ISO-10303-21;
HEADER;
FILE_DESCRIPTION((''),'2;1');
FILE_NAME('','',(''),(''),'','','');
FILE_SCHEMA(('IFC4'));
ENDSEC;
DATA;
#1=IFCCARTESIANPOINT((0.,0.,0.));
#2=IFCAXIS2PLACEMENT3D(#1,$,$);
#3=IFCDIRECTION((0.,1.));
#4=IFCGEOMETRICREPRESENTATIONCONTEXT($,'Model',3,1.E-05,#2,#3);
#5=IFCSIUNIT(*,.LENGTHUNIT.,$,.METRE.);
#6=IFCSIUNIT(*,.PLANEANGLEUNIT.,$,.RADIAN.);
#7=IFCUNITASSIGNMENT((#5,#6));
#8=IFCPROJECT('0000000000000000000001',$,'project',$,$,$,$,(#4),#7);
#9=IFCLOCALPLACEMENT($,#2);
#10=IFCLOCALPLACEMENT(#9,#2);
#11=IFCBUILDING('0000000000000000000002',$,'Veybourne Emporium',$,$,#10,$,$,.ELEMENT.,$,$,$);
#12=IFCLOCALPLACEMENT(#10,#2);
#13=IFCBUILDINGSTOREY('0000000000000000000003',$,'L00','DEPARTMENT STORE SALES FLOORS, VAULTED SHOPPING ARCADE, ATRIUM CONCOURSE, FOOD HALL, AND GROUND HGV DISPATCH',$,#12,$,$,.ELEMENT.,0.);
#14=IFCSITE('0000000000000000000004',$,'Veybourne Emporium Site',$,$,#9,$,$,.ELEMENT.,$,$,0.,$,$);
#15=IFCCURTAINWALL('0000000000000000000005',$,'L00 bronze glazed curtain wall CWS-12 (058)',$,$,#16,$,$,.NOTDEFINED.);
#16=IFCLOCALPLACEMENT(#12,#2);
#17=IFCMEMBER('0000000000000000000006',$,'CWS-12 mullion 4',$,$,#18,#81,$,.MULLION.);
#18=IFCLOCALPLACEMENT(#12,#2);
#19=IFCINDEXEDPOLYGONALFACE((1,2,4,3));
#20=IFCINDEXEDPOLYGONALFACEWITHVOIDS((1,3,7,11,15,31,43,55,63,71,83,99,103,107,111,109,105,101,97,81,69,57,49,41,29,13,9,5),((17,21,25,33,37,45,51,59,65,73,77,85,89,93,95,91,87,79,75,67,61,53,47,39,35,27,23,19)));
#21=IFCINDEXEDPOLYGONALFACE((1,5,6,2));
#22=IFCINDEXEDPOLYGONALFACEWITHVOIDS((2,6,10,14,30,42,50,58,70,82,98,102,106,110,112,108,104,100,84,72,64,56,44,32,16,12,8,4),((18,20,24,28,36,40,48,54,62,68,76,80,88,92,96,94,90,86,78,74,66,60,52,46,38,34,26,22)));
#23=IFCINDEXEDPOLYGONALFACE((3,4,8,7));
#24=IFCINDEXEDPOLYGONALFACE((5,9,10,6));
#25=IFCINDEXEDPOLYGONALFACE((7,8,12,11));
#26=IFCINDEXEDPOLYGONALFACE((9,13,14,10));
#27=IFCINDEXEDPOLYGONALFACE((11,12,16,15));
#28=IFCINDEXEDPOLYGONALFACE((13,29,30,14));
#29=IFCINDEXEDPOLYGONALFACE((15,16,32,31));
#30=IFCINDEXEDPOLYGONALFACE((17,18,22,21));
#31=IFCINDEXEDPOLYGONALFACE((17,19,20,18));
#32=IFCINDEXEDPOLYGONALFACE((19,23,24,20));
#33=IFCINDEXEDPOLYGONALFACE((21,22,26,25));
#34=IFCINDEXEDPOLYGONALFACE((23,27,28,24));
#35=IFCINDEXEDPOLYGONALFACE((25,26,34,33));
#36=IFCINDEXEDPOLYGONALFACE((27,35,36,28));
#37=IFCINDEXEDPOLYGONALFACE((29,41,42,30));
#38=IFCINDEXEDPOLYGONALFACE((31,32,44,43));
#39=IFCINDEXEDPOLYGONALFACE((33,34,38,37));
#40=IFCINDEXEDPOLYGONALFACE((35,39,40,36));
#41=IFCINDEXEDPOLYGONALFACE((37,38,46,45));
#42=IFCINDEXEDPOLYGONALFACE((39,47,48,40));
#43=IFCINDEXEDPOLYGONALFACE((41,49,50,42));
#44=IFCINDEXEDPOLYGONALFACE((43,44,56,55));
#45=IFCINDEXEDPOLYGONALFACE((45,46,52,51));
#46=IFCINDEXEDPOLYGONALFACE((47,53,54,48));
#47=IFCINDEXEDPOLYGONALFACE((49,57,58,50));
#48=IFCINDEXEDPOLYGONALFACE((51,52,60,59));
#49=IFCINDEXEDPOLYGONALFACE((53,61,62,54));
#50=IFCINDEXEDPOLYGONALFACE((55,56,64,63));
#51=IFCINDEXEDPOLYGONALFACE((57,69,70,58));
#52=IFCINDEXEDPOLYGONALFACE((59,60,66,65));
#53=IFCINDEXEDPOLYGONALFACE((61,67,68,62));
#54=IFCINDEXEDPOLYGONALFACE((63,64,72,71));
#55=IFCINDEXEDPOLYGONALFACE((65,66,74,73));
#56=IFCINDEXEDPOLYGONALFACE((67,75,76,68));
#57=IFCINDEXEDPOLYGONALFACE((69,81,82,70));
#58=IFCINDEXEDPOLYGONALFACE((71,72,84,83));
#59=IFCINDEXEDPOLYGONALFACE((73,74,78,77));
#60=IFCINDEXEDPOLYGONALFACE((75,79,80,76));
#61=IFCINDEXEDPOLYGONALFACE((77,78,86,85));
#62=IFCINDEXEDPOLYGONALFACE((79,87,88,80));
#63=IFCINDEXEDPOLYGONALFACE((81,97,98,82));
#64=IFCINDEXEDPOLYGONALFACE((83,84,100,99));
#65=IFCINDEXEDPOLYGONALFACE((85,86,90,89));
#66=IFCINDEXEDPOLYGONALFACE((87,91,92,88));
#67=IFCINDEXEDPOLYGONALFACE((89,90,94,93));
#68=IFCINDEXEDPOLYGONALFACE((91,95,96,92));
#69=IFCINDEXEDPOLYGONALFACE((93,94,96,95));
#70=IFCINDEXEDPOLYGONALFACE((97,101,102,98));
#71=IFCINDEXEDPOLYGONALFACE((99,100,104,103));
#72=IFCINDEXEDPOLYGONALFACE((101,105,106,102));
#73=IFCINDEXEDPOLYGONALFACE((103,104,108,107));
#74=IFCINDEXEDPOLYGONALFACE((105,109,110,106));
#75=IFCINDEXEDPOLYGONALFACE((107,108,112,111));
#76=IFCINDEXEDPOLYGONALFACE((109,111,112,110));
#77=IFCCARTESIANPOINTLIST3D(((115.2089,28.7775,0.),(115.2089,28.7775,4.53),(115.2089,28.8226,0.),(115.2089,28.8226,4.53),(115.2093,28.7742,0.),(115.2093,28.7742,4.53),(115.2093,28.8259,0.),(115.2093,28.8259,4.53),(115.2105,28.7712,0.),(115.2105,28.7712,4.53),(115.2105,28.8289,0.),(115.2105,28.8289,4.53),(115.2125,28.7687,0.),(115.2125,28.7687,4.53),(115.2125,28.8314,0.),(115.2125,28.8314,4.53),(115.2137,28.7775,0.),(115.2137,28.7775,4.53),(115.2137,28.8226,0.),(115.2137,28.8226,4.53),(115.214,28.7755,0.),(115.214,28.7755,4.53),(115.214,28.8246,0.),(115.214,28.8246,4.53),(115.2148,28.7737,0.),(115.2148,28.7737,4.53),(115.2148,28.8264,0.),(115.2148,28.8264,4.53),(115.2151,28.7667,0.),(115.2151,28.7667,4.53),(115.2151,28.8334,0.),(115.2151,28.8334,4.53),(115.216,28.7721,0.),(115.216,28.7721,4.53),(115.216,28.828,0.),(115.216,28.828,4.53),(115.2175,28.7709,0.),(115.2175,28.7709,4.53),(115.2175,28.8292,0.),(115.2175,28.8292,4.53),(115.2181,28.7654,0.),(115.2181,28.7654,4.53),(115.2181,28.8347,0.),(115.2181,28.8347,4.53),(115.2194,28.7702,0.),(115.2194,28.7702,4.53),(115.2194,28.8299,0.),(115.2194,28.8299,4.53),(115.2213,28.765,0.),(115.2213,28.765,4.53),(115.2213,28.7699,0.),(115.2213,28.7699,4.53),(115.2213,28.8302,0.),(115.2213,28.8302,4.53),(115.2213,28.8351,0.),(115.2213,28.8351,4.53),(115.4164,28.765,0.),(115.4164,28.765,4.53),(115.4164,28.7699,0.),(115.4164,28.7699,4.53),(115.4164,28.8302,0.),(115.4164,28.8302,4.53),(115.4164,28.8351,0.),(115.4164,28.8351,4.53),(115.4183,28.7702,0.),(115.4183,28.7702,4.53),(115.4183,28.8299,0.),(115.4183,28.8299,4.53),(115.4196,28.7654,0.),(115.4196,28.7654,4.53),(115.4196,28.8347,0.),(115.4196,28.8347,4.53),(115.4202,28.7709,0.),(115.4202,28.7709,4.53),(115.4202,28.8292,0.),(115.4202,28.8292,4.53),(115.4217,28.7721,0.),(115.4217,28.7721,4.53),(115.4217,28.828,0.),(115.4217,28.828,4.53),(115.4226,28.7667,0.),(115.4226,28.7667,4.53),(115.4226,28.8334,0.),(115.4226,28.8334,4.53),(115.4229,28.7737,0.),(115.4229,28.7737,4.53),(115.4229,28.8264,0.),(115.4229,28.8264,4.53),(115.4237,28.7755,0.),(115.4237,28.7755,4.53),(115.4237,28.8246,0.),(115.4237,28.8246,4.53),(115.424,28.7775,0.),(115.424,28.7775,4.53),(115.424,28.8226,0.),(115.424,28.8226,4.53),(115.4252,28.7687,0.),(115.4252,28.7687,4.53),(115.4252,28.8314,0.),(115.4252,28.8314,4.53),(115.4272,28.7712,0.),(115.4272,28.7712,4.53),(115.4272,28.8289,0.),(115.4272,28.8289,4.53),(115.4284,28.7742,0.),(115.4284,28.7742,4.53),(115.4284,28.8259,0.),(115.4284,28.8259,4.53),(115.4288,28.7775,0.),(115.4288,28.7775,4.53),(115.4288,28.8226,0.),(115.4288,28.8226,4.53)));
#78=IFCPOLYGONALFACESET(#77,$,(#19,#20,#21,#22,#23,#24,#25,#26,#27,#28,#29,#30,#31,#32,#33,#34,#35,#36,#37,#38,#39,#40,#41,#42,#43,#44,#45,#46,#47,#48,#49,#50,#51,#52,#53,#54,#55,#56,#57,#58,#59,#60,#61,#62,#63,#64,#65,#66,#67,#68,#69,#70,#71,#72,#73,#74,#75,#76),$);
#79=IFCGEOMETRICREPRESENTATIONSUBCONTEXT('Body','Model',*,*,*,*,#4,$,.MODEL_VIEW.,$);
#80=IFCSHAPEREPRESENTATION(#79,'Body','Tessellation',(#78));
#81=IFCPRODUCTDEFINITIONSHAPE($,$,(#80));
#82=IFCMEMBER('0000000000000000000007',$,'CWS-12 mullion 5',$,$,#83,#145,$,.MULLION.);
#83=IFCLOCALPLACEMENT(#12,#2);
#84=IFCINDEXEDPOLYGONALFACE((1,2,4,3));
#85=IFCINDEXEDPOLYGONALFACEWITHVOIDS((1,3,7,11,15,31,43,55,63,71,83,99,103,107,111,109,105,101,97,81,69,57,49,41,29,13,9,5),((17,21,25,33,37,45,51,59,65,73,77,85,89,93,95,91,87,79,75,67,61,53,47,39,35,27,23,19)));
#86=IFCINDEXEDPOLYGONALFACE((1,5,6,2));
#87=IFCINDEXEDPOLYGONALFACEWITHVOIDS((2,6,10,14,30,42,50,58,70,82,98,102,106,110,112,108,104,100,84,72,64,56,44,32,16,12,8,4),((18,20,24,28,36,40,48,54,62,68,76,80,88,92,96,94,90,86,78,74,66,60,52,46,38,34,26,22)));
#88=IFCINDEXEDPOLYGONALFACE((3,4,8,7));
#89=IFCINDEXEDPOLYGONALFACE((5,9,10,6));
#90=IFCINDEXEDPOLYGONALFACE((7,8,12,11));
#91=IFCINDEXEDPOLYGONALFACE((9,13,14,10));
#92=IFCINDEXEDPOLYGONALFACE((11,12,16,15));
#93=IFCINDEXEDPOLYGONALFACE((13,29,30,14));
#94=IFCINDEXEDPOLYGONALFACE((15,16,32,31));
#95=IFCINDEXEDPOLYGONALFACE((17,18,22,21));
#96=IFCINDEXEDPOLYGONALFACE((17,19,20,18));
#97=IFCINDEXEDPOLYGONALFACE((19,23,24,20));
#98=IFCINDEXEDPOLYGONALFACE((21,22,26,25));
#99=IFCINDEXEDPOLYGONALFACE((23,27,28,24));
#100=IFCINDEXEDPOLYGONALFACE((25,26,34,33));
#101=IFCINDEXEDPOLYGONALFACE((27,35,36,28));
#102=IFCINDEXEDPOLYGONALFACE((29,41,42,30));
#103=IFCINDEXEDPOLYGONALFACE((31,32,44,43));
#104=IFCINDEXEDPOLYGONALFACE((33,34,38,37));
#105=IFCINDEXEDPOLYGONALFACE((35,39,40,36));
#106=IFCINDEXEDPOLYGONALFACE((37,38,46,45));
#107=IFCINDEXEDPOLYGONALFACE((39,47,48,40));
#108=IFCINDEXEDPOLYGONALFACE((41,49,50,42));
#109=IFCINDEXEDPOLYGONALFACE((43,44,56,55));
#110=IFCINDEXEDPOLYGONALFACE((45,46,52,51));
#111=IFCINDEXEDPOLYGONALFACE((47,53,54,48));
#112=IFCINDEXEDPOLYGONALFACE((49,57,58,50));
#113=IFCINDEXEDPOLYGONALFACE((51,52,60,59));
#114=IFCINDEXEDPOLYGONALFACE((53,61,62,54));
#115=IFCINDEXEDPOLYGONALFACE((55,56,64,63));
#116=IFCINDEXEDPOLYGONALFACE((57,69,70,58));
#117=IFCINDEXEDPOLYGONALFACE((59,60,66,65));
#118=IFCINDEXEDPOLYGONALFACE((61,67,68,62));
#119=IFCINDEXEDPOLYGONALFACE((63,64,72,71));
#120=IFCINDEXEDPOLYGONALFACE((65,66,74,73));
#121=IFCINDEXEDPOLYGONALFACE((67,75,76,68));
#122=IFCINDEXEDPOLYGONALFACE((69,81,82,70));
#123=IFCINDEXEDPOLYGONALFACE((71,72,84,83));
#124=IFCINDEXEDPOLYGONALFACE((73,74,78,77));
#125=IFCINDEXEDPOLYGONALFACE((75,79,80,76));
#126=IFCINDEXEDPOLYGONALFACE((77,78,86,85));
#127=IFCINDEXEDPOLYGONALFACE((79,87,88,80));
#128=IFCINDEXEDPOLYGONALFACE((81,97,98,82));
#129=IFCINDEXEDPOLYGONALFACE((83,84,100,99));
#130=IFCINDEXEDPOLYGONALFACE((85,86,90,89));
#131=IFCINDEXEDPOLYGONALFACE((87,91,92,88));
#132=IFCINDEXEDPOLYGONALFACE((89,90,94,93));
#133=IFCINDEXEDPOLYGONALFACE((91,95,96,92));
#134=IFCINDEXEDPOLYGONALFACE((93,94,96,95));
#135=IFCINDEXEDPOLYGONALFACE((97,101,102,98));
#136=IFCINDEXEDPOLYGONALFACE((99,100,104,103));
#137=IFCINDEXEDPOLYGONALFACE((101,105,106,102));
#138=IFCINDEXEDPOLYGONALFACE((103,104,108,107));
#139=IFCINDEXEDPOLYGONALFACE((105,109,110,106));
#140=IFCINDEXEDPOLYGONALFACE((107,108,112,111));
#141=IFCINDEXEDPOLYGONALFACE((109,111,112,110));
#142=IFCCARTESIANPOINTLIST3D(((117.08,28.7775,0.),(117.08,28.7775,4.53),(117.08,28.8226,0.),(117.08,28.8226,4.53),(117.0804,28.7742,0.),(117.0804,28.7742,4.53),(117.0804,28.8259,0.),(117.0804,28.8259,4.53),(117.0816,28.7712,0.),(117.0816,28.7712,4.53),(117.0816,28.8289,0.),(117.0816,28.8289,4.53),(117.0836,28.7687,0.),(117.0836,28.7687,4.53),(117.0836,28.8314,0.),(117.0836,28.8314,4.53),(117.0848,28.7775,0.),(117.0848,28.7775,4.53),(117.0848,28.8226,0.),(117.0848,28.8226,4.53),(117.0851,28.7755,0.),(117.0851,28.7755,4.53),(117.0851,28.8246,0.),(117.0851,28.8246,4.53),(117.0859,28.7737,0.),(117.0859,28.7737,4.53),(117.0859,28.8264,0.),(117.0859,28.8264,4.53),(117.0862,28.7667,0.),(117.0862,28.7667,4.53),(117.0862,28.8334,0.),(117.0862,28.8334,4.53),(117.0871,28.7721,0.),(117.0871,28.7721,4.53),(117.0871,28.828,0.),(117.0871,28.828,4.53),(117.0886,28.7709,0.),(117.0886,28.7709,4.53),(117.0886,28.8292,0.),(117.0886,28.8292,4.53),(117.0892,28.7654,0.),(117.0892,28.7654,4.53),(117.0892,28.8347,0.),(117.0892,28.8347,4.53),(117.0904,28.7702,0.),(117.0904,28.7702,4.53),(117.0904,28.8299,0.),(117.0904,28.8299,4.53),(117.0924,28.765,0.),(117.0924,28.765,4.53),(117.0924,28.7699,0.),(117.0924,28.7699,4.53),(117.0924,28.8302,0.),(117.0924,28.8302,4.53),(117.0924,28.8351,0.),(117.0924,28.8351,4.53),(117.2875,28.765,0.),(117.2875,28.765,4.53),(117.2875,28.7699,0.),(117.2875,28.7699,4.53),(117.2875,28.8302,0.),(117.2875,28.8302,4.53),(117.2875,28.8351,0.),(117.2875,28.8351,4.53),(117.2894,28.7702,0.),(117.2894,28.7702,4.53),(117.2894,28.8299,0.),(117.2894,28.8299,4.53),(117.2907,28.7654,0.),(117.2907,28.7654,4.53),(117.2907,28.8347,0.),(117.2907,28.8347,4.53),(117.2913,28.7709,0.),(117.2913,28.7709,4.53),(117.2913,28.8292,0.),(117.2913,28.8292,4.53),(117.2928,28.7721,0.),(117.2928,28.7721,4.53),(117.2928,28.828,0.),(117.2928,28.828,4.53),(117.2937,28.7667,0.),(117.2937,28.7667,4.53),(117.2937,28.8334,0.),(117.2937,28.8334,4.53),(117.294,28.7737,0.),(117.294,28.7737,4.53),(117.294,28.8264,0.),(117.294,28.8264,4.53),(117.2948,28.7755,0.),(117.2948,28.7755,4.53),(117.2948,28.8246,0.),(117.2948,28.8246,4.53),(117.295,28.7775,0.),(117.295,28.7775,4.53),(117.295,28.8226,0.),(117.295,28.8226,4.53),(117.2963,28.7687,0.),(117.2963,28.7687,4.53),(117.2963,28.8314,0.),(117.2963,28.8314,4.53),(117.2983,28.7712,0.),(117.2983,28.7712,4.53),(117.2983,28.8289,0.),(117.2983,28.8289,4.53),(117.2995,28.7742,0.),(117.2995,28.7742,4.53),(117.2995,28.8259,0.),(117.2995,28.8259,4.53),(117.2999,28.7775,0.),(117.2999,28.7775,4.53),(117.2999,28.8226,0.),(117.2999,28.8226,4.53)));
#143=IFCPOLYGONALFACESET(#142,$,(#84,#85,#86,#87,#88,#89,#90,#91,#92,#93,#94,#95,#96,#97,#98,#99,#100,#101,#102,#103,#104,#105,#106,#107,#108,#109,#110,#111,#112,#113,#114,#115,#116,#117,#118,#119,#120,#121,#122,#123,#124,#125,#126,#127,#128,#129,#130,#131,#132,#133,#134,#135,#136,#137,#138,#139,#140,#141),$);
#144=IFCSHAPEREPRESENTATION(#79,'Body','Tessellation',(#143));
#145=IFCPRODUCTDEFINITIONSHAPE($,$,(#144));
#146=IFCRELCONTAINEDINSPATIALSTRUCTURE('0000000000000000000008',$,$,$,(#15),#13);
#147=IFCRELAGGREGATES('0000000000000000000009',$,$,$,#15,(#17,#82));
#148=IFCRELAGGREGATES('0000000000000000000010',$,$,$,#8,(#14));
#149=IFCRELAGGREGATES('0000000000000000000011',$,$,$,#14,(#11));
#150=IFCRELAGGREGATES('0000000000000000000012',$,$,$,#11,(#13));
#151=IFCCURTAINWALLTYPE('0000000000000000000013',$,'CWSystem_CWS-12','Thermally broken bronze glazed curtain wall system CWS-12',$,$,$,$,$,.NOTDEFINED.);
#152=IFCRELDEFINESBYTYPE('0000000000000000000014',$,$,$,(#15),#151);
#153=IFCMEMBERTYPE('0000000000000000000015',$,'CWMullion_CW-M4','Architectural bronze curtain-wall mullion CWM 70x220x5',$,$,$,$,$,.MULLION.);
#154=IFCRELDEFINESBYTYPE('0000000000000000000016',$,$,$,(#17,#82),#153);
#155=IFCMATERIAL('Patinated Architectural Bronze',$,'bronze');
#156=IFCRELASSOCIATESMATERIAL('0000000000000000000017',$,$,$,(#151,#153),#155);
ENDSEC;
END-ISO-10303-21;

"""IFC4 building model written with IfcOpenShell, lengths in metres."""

from ifc_helpers import new_model, si_unit, direction, frame, origin, origin_2d, place, context, subcontext, project, spatial, hollow_rectangle, extrude, material, material_profile, profile_set, type_object, element, aggregate, save


model = new_model("IFC4")

# Units and contexts
model_context = context("Model", 3, precision=1e-05, world=origin(), true_north=direction((0.0, 1.0)))
body_context = subcontext(model_context, "Body", "Model", "MODEL_VIEW")
ifc_project = project(units=[si_unit("LENGTHUNIT", "METRE"), si_unit("PLANEANGLEUNIT", "RADIAN")], contexts=[model_context])

# Site, building, storey
site_placement = place(None, origin())
site = spatial("IfcSite", under=ifc_project, at=site_placement, Name="Veybourne Emporium Site", CompositionType="ELEMENT", RefElevation=0.0)
building_placement = place(site_placement, origin())
building = spatial("IfcBuilding", under=site, at=building_placement, Name="Veybourne Emporium", CompositionType="ELEMENT")
storey_placement = place(building_placement, origin())
storey = spatial("IfcBuildingStorey", under=building, at=storey_placement, Name="L00", Description="DEPARTMENT STORE SALES FLOORS, VAULTED SHOPPING ARCADE, ATRIUM CONCOURSE, FOOD HALL, AND GROUND HGV DISPATCH", CompositionType="ELEMENT", Elevation=0.0)

# Shared definitions
ifc_material_1 = material(Name="Patinated Architectural Bronze", Category="bronze")

# Curtain wall, members
curtain_wall_type_1 = type_object("IfcCurtainWallType", Name="CWSystem_CWS-12", Description="Thermally broken bronze glazed curtain wall system CWS-12", PredefinedType="NOTDEFINED", material=ifc_material_1)
curtain_wall_1_placement = place(storey_placement, origin())
curtain_wall_1 = element("IfcCurtainWall", 1, at=curtain_wall_1_placement, inside=storey, type_object=curtain_wall_type_1, Name="L00 bronze glazed curtain wall CWS-12 (058)", PredefinedType="NOTDEFINED")
ifc_material_profile_1 = material_profile(ifc_material_1, hollow_rectangle(XDim=0.0701, YDim=0.22, WallThickness=0.0049, InnerFilletRadius=0.0076, OuterFilletRadius=0.0125, at=origin_2d()), Name="CWM 70x220x5")
ifc_profile_set_1 = profile_set([ifc_material_profile_1], Name="Patinated Architectural Bronze")
member_type_1 = type_object("IfcMemberType", Name="CWMullion_CW-M4", Description="Architectural bronze curtain-wall mullion CWM 70x220x5", PredefinedType="MULLION", material=ifc_profile_set_1)
member_1_placement = place(storey_placement, frame((115.3188, 28.8, 0.0), z_axis=(0.0, 0.0, 1.0), x_axis=(0.0, 1.0, 0.0)))
member_1 = element("IfcMember", 2, at=member_1_placement, type_object=member_type_1, Name="CWS-12 mullion 4", PredefinedType="MULLION", context=body_context, shape_type="SweptSolid", body=[
    extrude(hollow_rectangle(XDim=0.0701, YDim=0.22, WallThickness=0.0049, InnerFilletRadius=0.0076, OuterFilletRadius=0.0125, at=origin_2d()), origin(), (0.0, 0.0, 1.0), 4.53),
])
member_2_placement = place(storey_placement, frame((117.1899, 28.8, 0.0), z_axis=(0.0, 0.0, 1.0), x_axis=(0.0, 1.0, 0.0)))
member_2 = element("IfcMember", 3, at=member_2_placement, type_object=member_type_1, Name="CWS-12 mullion 5", PredefinedType="MULLION", context=body_context, shape_type="SweptSolid", body=[
    extrude(hollow_rectangle(XDim=0.0701, YDim=0.22, WallThickness=0.0049, InnerFilletRadius=0.0076, OuterFilletRadius=0.0125, at=origin_2d()), origin(), (0.0, 0.0, 1.0), 4.53),
])

aggregate(curtain_wall_1, [member_1, member_2])

save(model, "model.ifc")
